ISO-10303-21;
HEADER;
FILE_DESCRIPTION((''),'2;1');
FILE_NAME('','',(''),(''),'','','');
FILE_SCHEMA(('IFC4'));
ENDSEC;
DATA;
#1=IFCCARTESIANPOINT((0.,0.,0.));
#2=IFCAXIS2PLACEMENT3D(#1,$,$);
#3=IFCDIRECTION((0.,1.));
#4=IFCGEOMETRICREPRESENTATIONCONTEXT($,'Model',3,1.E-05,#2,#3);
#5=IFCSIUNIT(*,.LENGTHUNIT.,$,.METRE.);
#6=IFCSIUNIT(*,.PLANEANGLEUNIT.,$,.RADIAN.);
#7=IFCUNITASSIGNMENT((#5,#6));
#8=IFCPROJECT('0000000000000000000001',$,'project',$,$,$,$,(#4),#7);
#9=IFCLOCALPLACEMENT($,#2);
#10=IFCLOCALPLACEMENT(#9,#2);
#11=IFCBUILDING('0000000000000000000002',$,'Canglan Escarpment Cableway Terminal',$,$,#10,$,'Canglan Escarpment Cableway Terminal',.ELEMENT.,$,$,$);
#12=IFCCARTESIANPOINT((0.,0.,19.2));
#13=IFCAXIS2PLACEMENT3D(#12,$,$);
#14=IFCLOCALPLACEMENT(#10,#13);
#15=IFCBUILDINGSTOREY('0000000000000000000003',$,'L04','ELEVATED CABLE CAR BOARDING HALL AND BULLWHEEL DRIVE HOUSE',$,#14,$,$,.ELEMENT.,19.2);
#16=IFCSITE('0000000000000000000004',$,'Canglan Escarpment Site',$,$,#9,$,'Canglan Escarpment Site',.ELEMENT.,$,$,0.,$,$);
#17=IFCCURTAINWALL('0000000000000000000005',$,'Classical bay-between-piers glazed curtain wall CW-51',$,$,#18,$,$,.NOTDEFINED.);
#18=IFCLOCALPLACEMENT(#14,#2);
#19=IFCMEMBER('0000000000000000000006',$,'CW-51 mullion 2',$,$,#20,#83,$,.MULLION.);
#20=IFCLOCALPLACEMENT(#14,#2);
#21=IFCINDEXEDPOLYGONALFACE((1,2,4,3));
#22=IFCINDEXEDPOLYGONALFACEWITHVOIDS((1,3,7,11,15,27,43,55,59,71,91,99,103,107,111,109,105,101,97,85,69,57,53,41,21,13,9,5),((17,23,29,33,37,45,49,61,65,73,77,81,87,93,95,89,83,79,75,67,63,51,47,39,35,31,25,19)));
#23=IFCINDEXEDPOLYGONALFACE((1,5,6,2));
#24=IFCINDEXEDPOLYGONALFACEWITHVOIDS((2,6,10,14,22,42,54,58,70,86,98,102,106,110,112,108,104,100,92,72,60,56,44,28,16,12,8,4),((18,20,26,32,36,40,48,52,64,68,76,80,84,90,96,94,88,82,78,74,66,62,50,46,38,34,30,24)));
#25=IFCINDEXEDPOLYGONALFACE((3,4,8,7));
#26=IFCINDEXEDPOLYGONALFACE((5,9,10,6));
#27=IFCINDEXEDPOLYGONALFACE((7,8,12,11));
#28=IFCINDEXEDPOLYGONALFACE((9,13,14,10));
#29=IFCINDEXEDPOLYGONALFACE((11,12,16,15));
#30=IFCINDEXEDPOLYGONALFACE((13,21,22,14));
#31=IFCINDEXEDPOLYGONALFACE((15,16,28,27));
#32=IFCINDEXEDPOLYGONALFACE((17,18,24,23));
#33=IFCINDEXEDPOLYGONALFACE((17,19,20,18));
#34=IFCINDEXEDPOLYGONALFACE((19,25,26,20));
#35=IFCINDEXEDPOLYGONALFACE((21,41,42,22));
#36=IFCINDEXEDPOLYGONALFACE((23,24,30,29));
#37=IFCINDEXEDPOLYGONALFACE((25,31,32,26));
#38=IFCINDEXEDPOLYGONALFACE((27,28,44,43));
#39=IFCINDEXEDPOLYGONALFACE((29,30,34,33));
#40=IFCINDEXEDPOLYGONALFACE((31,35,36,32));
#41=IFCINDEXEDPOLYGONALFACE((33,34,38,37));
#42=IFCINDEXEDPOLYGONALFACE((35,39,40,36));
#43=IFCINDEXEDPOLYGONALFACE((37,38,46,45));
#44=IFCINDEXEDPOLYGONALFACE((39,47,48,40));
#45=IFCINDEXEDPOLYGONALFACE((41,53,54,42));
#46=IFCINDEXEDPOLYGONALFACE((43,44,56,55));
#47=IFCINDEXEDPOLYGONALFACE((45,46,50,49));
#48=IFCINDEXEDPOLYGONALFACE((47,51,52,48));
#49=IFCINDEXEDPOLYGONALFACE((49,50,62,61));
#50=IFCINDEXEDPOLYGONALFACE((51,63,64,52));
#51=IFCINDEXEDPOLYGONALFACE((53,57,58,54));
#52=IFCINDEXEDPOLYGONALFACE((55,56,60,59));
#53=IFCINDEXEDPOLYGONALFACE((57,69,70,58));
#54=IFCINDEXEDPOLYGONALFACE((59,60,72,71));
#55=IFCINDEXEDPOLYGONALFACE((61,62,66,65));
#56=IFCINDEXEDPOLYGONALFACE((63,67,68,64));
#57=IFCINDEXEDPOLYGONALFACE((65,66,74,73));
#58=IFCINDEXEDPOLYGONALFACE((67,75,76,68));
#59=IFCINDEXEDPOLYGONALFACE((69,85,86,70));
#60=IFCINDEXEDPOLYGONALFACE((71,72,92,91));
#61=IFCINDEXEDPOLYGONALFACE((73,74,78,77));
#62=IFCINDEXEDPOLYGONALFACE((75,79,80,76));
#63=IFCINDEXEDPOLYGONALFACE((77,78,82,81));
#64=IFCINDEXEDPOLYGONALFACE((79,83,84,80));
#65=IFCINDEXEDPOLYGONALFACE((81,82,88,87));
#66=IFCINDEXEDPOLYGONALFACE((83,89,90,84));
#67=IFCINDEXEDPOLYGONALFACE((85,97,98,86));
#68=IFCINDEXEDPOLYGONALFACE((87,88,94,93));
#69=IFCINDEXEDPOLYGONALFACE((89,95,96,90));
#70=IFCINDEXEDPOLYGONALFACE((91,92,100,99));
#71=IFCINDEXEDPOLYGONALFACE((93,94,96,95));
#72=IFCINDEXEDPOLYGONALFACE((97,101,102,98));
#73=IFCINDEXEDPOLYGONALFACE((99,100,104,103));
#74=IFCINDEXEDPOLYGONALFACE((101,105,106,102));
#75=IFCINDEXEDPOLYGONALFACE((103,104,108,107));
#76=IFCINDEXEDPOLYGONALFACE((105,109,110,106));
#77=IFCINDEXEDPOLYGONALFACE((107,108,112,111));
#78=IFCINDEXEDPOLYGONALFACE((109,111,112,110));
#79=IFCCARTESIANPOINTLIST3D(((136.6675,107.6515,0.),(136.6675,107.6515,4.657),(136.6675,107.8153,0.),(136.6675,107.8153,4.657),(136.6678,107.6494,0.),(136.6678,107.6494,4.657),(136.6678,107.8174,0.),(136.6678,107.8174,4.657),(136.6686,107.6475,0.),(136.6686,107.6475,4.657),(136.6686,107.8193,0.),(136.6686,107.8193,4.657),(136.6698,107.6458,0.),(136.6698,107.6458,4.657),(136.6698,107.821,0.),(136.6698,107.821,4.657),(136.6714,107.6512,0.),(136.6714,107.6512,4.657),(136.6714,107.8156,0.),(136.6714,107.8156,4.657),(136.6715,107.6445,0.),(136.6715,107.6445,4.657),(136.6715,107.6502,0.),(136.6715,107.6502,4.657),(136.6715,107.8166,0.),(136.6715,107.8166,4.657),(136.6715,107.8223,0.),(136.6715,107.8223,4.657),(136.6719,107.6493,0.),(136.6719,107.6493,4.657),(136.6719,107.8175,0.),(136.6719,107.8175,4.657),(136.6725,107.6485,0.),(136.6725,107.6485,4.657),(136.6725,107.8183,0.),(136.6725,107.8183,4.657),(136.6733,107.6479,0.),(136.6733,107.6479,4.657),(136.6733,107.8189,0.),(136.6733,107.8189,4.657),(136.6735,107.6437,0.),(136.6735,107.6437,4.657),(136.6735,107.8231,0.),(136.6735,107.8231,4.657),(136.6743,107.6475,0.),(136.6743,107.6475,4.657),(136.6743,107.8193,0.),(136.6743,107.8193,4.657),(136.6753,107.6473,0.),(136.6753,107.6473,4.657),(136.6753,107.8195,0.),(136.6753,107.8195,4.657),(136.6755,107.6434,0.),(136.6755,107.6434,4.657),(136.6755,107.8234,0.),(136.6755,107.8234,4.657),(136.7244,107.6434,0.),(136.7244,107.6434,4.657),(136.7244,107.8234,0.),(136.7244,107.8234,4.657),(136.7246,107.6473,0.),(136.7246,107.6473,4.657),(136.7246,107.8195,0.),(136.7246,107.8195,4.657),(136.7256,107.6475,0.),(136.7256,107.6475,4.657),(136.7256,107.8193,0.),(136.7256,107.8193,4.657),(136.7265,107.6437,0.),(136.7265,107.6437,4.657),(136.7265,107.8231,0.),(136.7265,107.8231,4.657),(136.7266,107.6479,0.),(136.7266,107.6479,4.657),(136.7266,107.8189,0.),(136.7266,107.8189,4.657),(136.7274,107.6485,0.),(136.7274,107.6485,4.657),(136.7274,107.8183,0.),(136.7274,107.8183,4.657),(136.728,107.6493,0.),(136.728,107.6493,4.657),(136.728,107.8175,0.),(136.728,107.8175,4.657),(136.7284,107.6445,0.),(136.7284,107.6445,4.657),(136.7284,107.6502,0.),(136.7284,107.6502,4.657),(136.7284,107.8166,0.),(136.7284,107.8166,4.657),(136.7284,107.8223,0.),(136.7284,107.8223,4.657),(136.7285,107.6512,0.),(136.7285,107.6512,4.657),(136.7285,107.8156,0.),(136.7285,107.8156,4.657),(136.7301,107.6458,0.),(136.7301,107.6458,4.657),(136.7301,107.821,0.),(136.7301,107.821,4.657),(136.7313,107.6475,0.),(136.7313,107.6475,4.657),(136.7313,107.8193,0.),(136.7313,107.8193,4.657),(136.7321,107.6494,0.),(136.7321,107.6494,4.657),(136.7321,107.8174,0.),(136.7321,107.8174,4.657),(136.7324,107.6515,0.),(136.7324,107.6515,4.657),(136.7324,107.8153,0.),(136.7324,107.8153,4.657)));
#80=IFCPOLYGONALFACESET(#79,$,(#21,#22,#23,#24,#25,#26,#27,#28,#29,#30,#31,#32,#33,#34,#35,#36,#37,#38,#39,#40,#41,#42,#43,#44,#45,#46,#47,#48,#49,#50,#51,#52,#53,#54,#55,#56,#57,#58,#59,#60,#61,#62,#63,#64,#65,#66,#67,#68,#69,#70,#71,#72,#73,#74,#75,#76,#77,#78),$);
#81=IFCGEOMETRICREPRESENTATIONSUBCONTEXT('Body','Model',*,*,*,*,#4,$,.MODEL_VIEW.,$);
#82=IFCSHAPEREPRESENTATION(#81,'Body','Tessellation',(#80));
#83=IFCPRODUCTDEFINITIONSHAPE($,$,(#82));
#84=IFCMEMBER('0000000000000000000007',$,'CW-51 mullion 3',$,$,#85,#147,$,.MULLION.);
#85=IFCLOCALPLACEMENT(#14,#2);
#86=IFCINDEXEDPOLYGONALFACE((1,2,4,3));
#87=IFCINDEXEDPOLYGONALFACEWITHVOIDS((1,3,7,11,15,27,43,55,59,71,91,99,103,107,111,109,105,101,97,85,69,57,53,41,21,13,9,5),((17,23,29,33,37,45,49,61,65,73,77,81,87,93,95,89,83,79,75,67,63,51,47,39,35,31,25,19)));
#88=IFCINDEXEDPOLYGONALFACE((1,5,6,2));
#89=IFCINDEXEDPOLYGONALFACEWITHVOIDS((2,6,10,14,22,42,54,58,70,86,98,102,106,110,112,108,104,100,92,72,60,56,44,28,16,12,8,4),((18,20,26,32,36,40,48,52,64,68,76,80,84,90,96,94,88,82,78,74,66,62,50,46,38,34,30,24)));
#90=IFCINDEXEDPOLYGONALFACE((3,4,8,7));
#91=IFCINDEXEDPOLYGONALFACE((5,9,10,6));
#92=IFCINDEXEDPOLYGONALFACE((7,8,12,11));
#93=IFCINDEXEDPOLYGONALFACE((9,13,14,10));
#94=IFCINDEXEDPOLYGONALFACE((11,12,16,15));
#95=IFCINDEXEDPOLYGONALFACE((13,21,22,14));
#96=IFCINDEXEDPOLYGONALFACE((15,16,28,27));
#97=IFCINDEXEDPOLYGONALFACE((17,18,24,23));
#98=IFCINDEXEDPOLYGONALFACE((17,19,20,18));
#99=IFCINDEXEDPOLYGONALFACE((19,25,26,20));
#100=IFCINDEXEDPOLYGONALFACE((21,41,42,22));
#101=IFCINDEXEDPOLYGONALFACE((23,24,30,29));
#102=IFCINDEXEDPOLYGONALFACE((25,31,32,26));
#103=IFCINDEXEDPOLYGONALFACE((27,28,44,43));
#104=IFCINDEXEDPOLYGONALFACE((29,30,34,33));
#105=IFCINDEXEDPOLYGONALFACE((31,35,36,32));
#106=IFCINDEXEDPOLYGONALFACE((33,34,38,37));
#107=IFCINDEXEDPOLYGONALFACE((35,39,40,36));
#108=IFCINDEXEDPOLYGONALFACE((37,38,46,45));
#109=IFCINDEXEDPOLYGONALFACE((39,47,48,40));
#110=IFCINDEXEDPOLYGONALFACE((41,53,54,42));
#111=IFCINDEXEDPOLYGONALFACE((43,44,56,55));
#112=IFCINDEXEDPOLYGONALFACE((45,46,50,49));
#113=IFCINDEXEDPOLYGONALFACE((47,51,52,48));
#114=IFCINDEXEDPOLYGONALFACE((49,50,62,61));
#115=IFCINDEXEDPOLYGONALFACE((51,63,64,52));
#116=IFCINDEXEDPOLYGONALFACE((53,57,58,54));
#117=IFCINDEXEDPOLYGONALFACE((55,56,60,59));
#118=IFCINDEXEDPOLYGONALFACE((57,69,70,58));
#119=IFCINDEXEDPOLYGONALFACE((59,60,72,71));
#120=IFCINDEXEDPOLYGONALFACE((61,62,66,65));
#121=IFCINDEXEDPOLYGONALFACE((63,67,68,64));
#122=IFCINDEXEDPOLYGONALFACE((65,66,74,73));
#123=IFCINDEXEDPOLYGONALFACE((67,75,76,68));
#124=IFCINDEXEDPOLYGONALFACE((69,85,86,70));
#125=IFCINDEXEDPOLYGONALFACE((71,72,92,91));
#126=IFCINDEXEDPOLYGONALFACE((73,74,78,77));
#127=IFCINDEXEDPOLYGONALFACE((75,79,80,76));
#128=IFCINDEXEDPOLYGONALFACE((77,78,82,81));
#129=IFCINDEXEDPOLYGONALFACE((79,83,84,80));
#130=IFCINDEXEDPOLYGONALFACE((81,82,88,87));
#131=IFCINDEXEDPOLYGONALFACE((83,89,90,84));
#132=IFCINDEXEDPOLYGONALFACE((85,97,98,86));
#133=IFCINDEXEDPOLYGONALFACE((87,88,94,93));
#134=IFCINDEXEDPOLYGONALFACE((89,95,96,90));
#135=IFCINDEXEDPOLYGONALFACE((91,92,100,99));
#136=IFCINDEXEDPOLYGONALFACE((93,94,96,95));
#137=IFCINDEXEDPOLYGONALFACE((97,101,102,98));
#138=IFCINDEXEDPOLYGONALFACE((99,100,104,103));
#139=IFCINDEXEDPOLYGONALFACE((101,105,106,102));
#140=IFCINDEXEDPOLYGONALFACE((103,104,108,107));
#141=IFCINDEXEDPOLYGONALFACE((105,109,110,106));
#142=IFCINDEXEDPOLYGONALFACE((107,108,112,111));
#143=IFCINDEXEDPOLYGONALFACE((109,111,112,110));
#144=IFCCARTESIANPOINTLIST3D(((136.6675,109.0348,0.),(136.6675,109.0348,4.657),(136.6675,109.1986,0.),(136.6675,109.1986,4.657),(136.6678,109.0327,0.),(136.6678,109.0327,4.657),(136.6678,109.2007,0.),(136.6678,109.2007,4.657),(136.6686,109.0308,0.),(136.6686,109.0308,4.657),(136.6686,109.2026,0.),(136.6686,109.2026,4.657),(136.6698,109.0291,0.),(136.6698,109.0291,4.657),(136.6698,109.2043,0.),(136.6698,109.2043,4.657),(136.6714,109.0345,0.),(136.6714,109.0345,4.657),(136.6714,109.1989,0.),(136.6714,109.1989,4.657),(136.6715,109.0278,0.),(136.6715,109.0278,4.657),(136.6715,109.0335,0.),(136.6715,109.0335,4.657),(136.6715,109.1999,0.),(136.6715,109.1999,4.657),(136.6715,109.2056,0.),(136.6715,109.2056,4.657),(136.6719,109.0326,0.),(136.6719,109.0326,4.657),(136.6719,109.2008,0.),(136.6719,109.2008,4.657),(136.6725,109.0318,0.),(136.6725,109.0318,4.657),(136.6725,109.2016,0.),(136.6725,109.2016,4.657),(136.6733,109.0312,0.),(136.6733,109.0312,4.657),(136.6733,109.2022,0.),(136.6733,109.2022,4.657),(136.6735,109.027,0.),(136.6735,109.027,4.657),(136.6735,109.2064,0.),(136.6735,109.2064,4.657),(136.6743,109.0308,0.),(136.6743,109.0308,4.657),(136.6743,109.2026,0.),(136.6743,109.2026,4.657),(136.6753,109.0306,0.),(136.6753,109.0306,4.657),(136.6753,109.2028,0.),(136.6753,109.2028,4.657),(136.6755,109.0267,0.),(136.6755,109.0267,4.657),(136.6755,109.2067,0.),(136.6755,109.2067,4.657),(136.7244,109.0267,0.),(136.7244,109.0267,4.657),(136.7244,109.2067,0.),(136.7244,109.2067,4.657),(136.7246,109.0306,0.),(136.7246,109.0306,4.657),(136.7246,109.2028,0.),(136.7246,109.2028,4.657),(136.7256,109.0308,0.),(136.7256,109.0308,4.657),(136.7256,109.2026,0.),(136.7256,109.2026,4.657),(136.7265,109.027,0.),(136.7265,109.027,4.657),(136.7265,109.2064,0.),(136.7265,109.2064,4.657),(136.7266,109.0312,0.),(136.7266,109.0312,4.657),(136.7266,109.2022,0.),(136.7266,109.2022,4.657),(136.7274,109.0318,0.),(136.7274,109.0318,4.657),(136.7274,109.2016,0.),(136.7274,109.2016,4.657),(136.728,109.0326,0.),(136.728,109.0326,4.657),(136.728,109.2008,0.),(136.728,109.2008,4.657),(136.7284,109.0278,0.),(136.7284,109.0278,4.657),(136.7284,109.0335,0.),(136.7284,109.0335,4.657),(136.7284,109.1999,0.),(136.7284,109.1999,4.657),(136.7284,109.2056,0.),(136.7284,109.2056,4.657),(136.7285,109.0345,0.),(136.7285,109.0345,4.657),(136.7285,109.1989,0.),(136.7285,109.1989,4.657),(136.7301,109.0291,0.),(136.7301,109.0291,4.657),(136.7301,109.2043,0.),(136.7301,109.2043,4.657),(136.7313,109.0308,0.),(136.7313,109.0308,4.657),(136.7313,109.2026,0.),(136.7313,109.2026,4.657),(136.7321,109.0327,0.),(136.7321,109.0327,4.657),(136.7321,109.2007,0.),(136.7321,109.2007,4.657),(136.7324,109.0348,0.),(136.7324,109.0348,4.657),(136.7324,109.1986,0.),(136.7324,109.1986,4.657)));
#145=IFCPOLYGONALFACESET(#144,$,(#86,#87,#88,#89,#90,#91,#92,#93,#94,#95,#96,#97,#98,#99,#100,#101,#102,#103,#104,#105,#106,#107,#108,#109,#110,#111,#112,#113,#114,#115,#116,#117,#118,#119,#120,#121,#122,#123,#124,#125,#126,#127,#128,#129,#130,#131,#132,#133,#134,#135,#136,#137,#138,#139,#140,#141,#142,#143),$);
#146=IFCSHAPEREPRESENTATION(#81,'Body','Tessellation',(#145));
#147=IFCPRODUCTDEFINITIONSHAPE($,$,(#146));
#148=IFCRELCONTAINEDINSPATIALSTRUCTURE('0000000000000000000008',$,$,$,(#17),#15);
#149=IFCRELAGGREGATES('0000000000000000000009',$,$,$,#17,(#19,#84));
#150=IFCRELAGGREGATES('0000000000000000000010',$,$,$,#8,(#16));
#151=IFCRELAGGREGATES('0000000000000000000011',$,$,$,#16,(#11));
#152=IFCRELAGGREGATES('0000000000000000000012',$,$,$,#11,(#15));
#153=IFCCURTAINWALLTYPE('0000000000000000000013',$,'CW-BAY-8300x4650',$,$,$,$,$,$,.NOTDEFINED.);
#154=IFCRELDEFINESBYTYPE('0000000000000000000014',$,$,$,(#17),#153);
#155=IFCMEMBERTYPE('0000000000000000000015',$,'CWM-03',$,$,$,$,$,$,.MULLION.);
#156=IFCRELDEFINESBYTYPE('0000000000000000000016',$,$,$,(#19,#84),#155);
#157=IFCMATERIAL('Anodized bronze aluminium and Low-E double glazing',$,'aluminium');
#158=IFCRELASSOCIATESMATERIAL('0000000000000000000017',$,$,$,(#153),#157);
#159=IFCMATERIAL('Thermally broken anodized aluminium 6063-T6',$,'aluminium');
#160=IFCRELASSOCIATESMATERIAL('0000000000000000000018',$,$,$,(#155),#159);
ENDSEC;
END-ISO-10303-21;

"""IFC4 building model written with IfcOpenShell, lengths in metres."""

from ifc_helpers import new_model, si_unit, direction, frame, origin, origin_2d, place, context, subcontext, project, spatial, hollow_rectangle, extrude, material, material_profile, profile_set, type_object, element, aggregate, save


model = new_model("IFC4")

# Units and contexts
model_context = context("Model", 3, precision=1e-05, world=origin(), true_north=direction((0.0, 1.0)))
body_context = subcontext(model_context, "Body", "Model", "MODEL_VIEW")
ifc_project = project(units=[si_unit("LENGTHUNIT", "METRE"), si_unit("PLANEANGLEUNIT", "RADIAN")], contexts=[model_context])

# Site, building, storey
site_placement = place(None, origin())
site = spatial("IfcSite", under=ifc_project, at=site_placement, Name="Canglan Escarpment Site", LongName="Canglan Escarpment Site", CompositionType="ELEMENT", RefElevation=0.0)
building_placement = place(site_placement, origin())
building = spatial("IfcBuilding", under=site, at=building_placement, Name="Canglan Escarpment Cableway Terminal", LongName="Canglan Escarpment Cableway Terminal", CompositionType="ELEMENT")
storey_placement = place(building_placement, frame((0.0, 0.0, 19.2)))
storey = spatial("IfcBuildingStorey", under=building, at=storey_placement, Name="L04", Description="ELEVATED CABLE CAR BOARDING HALL AND BULLWHEEL DRIVE HOUSE", CompositionType="ELEMENT", Elevation=19.2)

# Curtain wall, members
ifc_material_1 = material(Name="Anodized bronze aluminium and Low-E double glazing", Category="aluminium")
curtain_wall_type = type_object("IfcCurtainWallType", Name="CW-BAY-8300x4650", PredefinedType="NOTDEFINED", material=ifc_material_1)
curtain_wall_placement = place(storey_placement, origin())
curtain_wall = element("IfcCurtainWall", 1, at=curtain_wall_placement, inside=storey, type_object=curtain_wall_type, Name="Classical bay-between-piers glazed curtain wall CW-51", PredefinedType="NOTDEFINED")
ifc_material_2 = material(Name="Thermally broken anodized aluminium 6063-T6", Category="aluminium")
ifc_material_profile_1 = material_profile(ifc_material_2, hollow_rectangle(XDim=0.0649, YDim=0.1799, WallThickness=0.0039, InnerFilletRadius=0.0039, OuterFilletRadius=0.0081, at=origin_2d()), Name="ALU-MULL 65x180x4")
ifc_profile_set_1 = profile_set([ifc_material_profile_1], Name="Thermally broken anodized aluminium 6063-T6")
member_type_1 = type_object("IfcMemberType", Name="CWM-03", PredefinedType="MULLION", material=ifc_profile_set_1)
member_1_placement = place(storey_placement, frame((136.7, 107.7334, 0.0), z_axis=(0.0, 0.0, 1.0), x_axis=(-1.0, 0.0, 0.0)))
member_1 = element("IfcMember", 2, at=member_1_placement, type_object=member_type_1, Name="CW-51 mullion 2", PredefinedType="MULLION", context=body_context, shape_type="SweptSolid", body=[
    extrude(hollow_rectangle(XDim=0.0649, YDim=0.1799, WallThickness=0.0039, InnerFilletRadius=0.0039, OuterFilletRadius=0.0081, at=origin_2d()), origin(), (0.0, 0.0, 1.0), 4.657),
])
member_2_placement = place(storey_placement, frame((136.7, 109.1167, 0.0), z_axis=(0.0, 0.0, 1.0), x_axis=(-1.0, 0.0, 0.0)))
member_2 = element("IfcMember", 3, at=member_2_placement, type_object=member_type_1, Name="CW-51 mullion 3", PredefinedType="MULLION", context=body_context, shape_type="SweptSolid", body=[
    extrude(hollow_rectangle(XDim=0.0649, YDim=0.1799, WallThickness=0.0039, InnerFilletRadius=0.0039, OuterFilletRadius=0.0081, at=origin_2d()), origin(), (0.0, 0.0, 1.0), 4.657),
])
aggregate(curtain_wall, [member_1, member_2])

save(model, "model.ifc")
